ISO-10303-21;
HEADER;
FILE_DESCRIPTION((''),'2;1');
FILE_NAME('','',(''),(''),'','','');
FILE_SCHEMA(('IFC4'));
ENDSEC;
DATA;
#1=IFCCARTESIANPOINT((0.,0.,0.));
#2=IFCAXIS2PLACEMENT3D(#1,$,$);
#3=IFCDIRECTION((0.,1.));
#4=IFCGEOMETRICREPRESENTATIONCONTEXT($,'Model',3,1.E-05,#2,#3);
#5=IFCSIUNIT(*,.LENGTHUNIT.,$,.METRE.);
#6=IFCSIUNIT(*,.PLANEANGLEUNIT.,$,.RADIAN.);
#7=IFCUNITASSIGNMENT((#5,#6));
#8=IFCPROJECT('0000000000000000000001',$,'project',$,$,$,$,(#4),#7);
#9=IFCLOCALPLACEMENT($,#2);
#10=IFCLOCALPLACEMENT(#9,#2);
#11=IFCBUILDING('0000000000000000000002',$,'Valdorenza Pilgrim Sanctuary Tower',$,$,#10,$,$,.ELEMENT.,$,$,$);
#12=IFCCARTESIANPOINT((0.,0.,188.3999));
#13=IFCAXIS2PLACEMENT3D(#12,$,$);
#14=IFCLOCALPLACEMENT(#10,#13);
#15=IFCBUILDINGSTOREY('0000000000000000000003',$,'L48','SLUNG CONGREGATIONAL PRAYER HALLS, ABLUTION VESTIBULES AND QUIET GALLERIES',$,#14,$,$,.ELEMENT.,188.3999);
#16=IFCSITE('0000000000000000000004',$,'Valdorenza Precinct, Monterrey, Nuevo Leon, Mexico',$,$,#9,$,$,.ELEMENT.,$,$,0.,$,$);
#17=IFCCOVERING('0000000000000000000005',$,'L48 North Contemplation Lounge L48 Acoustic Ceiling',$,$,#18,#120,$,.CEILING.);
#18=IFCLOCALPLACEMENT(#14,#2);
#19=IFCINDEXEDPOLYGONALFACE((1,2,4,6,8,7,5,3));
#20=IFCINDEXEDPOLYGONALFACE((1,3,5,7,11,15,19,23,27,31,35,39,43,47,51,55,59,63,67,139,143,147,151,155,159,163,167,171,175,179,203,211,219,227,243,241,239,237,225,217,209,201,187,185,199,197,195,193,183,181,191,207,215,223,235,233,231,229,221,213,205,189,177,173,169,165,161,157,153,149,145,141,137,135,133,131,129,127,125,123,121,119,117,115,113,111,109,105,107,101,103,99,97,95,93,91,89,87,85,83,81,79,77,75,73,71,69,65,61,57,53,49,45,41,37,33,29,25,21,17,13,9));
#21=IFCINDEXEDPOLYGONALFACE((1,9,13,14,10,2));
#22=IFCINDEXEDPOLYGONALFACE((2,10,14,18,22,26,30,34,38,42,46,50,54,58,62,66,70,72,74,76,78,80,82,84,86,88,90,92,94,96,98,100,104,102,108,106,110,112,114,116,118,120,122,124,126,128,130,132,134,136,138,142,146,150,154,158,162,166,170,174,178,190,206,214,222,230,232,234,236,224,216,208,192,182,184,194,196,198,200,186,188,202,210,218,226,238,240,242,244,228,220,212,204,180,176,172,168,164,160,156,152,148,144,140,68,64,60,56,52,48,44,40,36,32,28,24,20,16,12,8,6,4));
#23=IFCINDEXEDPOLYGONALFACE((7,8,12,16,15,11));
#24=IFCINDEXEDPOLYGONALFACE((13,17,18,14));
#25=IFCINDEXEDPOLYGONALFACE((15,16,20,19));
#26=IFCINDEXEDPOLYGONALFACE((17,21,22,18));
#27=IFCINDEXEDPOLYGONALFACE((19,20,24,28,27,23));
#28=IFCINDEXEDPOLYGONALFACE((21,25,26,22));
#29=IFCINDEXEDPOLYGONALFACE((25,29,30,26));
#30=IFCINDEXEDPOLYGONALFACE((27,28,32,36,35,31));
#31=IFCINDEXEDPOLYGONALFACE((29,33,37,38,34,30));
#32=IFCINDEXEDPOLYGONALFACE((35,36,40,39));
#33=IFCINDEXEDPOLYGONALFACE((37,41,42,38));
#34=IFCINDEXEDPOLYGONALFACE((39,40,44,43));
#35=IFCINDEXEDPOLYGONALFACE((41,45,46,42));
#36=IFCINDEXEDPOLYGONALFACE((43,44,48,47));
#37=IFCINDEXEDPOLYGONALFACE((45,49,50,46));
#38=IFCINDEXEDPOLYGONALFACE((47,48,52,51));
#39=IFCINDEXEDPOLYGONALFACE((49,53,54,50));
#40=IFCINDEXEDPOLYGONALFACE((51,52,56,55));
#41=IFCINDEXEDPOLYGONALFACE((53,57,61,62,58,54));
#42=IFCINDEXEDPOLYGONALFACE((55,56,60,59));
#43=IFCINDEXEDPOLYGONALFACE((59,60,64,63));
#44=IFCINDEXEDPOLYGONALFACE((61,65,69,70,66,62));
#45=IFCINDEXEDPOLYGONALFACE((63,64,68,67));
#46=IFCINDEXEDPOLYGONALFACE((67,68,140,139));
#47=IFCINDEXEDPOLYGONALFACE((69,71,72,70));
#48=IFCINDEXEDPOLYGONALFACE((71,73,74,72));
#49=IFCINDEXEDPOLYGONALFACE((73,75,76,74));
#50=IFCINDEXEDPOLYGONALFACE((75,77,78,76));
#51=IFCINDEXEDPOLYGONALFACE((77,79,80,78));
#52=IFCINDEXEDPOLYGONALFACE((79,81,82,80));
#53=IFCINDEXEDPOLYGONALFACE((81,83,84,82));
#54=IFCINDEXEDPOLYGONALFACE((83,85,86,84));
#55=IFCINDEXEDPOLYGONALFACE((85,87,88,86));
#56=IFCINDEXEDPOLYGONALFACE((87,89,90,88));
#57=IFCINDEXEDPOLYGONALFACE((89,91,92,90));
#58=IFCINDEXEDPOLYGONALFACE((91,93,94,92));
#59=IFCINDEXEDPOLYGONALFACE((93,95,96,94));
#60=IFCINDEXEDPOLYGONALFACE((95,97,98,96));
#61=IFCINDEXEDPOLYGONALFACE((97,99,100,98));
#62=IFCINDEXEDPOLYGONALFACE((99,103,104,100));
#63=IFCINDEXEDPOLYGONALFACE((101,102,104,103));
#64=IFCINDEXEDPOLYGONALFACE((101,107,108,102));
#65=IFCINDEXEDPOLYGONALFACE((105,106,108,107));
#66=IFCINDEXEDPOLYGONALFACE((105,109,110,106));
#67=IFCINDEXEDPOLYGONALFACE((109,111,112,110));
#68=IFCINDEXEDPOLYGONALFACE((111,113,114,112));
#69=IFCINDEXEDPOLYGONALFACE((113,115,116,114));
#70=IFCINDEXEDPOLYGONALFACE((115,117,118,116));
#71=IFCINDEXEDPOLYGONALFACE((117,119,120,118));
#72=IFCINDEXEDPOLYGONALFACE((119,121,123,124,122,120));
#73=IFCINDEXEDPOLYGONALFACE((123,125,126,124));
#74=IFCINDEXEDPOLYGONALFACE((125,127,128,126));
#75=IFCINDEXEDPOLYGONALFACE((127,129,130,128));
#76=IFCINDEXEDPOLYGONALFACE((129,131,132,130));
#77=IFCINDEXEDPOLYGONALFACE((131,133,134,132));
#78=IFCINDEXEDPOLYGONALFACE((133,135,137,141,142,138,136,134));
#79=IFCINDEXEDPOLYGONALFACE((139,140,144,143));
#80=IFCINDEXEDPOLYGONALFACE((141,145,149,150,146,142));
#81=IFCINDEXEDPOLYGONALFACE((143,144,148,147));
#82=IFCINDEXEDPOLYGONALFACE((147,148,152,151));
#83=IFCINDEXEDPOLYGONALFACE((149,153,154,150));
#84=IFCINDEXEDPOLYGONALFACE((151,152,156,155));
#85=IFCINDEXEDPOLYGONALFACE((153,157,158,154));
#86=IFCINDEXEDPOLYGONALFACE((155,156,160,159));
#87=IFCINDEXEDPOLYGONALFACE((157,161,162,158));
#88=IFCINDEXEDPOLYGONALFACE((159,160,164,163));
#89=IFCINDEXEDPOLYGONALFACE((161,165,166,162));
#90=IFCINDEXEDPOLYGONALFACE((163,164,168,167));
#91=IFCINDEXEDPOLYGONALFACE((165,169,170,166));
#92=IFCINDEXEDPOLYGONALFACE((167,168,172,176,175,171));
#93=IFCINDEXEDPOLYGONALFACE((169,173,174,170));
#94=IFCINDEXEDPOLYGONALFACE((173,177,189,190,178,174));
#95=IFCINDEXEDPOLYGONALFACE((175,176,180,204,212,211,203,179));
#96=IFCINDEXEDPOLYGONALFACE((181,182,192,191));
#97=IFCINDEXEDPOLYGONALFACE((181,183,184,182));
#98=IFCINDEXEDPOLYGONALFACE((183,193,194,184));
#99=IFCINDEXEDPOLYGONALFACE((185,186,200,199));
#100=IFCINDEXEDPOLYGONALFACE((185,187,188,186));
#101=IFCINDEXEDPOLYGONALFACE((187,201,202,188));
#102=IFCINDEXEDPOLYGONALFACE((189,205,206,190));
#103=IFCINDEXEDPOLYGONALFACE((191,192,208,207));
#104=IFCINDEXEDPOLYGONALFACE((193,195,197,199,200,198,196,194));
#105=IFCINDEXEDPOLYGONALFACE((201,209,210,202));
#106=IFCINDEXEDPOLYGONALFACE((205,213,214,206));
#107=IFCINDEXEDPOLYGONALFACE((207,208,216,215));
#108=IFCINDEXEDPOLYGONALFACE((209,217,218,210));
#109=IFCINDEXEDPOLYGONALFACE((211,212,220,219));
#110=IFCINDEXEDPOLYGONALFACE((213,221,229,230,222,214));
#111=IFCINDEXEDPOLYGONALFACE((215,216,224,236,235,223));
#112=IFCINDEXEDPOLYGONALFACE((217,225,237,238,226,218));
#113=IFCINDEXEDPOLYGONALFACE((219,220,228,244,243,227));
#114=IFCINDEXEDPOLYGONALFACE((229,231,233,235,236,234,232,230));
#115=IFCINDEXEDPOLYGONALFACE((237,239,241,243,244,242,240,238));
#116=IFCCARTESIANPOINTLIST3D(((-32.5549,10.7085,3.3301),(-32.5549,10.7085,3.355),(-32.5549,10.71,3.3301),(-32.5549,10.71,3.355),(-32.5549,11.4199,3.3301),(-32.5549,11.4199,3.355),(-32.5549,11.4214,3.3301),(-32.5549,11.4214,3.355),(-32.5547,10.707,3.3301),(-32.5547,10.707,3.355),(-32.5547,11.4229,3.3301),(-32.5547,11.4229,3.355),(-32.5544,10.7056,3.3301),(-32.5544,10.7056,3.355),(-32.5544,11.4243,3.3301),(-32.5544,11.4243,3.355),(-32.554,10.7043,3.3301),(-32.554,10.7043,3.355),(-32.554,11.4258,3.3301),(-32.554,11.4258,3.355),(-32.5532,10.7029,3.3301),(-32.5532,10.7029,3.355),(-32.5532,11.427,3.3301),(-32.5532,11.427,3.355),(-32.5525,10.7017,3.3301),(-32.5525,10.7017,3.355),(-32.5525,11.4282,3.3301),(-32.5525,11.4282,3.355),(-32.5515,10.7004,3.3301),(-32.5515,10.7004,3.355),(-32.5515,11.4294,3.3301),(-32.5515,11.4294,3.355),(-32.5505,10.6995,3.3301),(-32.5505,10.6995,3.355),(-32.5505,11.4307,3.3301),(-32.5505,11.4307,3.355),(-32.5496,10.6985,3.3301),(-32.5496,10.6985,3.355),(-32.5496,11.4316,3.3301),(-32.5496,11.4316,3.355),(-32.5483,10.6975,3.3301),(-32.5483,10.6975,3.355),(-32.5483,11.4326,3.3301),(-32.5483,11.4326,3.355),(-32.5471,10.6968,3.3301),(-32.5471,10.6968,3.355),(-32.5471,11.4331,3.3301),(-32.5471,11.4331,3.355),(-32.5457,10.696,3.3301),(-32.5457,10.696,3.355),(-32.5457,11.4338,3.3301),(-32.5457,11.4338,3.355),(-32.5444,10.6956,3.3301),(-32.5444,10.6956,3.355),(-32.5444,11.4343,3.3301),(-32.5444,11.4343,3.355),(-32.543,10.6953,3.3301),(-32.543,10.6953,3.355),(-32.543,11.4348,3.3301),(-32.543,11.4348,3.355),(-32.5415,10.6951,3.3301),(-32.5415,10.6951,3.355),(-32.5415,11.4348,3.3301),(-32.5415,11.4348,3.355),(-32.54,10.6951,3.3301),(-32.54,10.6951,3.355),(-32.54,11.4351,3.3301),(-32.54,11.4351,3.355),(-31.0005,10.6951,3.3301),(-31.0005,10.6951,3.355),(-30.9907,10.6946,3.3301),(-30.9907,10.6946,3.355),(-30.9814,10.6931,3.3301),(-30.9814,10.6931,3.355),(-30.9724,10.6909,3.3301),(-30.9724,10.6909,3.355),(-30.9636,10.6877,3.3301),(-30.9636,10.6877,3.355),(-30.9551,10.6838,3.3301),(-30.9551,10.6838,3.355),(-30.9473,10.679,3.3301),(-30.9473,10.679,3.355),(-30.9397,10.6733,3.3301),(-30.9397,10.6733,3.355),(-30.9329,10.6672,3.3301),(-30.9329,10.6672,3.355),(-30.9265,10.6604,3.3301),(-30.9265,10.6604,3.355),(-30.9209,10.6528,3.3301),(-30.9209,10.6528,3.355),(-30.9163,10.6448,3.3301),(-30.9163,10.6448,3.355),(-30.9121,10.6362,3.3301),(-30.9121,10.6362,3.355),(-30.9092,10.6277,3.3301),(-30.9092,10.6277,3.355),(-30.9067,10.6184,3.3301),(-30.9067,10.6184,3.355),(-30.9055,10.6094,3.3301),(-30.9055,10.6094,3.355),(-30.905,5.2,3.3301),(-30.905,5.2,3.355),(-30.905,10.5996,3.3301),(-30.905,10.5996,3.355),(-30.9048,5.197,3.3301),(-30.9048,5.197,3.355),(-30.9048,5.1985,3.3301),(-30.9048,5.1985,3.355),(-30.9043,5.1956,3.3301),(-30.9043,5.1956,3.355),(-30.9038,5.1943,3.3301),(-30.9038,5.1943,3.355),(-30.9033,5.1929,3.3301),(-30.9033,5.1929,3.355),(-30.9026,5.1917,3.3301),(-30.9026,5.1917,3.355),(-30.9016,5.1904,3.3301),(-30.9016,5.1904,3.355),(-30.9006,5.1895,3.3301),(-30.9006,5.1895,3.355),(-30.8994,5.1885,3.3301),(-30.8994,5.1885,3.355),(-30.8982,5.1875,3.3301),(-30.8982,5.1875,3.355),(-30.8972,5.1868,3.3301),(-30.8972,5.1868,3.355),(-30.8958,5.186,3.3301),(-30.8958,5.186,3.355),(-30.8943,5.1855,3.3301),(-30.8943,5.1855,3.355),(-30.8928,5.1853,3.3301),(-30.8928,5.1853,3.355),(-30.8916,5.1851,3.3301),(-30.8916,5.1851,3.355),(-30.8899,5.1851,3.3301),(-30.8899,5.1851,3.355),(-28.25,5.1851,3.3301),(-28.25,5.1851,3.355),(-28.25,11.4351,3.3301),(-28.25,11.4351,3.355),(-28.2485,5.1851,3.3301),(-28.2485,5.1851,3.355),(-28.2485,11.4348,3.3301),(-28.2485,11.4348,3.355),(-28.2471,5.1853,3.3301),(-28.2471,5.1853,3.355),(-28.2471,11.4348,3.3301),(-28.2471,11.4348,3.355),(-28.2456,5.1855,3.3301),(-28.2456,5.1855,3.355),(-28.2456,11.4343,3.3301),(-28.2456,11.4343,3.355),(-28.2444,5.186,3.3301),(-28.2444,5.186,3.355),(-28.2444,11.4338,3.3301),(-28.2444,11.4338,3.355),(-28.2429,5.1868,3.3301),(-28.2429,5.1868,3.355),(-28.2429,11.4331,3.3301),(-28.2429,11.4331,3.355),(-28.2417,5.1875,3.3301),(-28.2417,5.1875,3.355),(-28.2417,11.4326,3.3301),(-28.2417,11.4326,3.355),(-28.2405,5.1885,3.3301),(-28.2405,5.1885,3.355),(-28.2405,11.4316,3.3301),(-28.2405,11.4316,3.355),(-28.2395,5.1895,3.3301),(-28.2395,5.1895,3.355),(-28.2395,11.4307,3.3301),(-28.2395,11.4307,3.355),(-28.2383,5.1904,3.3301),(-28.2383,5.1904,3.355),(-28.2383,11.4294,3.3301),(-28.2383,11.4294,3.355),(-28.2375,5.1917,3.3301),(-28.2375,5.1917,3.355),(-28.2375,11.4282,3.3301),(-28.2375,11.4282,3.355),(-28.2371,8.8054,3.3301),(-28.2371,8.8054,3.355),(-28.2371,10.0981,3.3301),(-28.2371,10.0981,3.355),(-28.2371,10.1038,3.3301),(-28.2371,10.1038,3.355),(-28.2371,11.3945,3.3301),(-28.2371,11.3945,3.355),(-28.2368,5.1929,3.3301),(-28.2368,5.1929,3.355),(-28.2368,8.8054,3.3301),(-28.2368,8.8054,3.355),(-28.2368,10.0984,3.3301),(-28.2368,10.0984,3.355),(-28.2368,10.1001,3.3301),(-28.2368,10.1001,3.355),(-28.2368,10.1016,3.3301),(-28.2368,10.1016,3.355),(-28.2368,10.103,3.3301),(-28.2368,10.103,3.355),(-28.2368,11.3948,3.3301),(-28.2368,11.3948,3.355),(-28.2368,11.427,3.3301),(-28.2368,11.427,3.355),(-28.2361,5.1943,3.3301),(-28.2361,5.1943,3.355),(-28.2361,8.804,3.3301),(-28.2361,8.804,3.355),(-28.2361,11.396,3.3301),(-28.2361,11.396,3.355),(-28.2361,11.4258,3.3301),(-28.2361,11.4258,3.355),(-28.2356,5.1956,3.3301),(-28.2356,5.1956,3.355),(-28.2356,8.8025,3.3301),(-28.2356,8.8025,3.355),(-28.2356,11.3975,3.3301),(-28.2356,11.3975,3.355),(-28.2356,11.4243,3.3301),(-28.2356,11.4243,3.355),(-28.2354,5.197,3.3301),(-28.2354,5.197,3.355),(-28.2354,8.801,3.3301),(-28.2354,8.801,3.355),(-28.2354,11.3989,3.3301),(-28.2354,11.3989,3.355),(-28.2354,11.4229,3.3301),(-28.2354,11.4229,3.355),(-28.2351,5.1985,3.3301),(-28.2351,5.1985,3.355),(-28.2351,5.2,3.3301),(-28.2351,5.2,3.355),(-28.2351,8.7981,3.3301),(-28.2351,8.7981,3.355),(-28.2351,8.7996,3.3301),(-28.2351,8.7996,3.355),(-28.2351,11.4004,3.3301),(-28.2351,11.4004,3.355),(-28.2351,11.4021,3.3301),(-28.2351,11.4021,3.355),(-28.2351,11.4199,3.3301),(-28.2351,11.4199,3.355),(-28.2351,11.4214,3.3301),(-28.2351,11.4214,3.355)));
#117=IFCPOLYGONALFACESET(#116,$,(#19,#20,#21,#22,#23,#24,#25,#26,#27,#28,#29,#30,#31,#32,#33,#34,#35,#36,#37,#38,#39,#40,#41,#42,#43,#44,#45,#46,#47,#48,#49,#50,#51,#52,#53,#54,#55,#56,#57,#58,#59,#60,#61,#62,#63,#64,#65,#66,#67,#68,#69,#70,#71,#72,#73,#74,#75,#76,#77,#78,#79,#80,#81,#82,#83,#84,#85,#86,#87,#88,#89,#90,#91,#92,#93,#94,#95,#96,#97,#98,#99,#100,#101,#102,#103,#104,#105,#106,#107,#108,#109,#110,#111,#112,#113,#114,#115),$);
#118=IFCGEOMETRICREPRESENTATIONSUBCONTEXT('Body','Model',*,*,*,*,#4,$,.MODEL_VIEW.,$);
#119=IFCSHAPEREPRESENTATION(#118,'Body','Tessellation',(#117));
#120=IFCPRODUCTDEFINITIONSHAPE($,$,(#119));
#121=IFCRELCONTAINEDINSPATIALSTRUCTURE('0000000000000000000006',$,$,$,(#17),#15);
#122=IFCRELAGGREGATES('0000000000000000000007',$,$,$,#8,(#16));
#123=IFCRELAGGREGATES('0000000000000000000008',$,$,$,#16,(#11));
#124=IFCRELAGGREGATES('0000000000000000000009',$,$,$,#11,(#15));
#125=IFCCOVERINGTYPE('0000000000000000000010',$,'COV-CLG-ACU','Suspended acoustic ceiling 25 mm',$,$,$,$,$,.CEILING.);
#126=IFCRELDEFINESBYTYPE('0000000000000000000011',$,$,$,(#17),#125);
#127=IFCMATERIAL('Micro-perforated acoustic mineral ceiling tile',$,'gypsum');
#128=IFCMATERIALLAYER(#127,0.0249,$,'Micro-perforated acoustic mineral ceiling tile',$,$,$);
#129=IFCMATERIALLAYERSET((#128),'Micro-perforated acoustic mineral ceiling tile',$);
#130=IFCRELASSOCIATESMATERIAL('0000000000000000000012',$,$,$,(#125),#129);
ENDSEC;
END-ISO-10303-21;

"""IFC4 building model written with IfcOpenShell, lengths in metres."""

from ifc_helpers import new_model, si_unit, direction, frame, origin, place, context, subcontext, project, spatial, polyline, outline, extrude, material, layer, layer_set, type_object, element, save


model = new_model("IFC4")

# Units and contexts
model_context = context("Model", 3, precision=1e-05, world=origin(), true_north=direction((0.0, 1.0)))
body_context = subcontext(model_context, "Body", "Model", "MODEL_VIEW")
ifc_project = project(units=[si_unit("LENGTHUNIT", "METRE"), si_unit("PLANEANGLEUNIT", "RADIAN")], contexts=[model_context])

# Site, building, storey
site_placement = place(None, origin())
site = spatial("IfcSite", under=ifc_project, at=site_placement, Name="Valdorenza Precinct, Monterrey, Nuevo Leon, Mexico", CompositionType="ELEMENT", RefElevation=0.0)
building_placement = place(site_placement, origin())
building = spatial("IfcBuilding", under=site, at=building_placement, Name="Valdorenza Pilgrim Sanctuary Tower", CompositionType="ELEMENT")
storey_placement = place(building_placement, frame((0.0, 0.0, 188.3999)))
storey = spatial("IfcBuildingStorey", under=building, at=storey_placement, Name="L48", Description="SLUNG CONGREGATIONAL PRAYER HALLS, ABLUTION VESTIBULES AND QUIET GALLERIES", CompositionType="ELEMENT", Elevation=188.3999)

# Covering
ifc_material_1 = material(Name="Micro-perforated acoustic mineral ceiling tile", Category="gypsum")
ifc_layer_1 = layer(ifc_material_1, 0.0249, Name="Micro-perforated acoustic mineral ceiling tile")
ifc_layer_set_1 = layer_set([ifc_layer_1], Name="Micro-perforated acoustic mineral ceiling tile")
covering_type_1 = type_object("IfcCoveringType", Name="COV-CLG-ACU", Description="Suspended acoustic ceiling 25 mm", PredefinedType="CEILING", material=ifc_layer_set_1)
covering_1_placement = place(storey_placement, frame((0.0, 0.0, 3.3301)))
element("IfcCovering", 1, at=covering_1_placement, inside=storey, type_object=covering_type_1, Name="L48 North Contemplation Lounge L48 Acoustic Ceiling", PredefinedType="CEILING", context=body_context, shape_type="SweptSolid", body=[
    extrude(outline(polyline([(-28.2371, 8.8054), (-28.2368, 8.8054), (-28.2361, 8.804), (-28.2356, 8.8025), (-28.2354, 8.801), (-28.2351, 8.7996), (-28.2351, 8.7981), (-28.2351, 5.2), (-28.2351, 5.1985), (-28.2354, 5.197), (-28.2356, 5.1956), (-28.2361, 5.1943), (-28.2368, 5.1929), (-28.2375, 5.1917), (-28.2383, 5.1904), (-28.2395, 5.1895), (-28.2405, 5.1885), (-28.2417, 5.1875), (-28.2429, 5.1868), (-28.2444, 5.186), (-28.2456, 5.1855), (-28.2471, 5.1853), (-28.2485, 5.1851), (-28.25, 5.1851), (-30.8899, 5.1851), (-30.8916, 5.1851), (-30.8928, 5.1853), (-30.8943, 5.1855), (-30.8958, 5.186), (-30.8972, 5.1868), (-30.8982, 5.1875), (-30.8994, 5.1885), (-30.9006, 5.1895), (-30.9016, 5.1904), (-30.9026, 5.1917), (-30.9033, 5.1929), (-30.9038, 5.1943), (-30.9043, 5.1956), (-30.9048, 5.197), (-30.9048, 5.1985), (-30.905, 5.2), (-30.905, 10.5996), (-30.9055, 10.6094), (-30.9067, 10.6184), (-30.9092, 10.6277), (-30.9121, 10.6362), (-30.9163, 10.6448), (-30.9209, 10.6528), (-30.9265, 10.6604), (-30.9329, 10.6672), (-30.9397, 10.6733), (-30.9473, 10.679), (-30.9551, 10.6838), (-30.9636, 10.6877), (-30.9724, 10.6909), (-30.9814, 10.6931), (-30.9907, 10.6946), (-31.0005, 10.6951), (-32.54, 10.6951), (-32.5415, 10.6951), (-32.543, 10.6953), (-32.5444, 10.6956), (-32.5457, 10.696), (-32.5471, 10.6968), (-32.5483, 10.6975), (-32.5496, 10.6985), (-32.5505, 10.6995), (-32.5515, 10.7004), (-32.5525, 10.7017), (-32.5532, 10.7029), (-32.554, 10.7043), (-32.5544, 10.7056), (-32.5547, 10.707), (-32.5549, 10.7085), (-32.5549, 10.71), (-32.5549, 11.4199), (-32.5549, 11.4214), (-32.5547, 11.4229), (-32.5544, 11.4243), (-32.554, 11.4258), (-32.5532, 11.427), (-32.5525, 11.4282), (-32.5515, 11.4294), (-32.5505, 11.4307), (-32.5496, 11.4316), (-32.5483, 11.4326), (-32.5471, 11.4331), (-32.5457, 11.4338), (-32.5444, 11.4343), (-32.543, 11.4348), (-32.5415, 11.4348), (-32.54, 11.4351), (-28.25, 11.4351), (-28.2485, 11.4348), (-28.2471, 11.4348), (-28.2456, 11.4343), (-28.2444, 11.4338), (-28.2429, 11.4331), (-28.2417, 11.4326), (-28.2405, 11.4316), (-28.2395, 11.4307), (-28.2383, 11.4294), (-28.2375, 11.4282), (-28.2368, 11.427), (-28.2361, 11.4258), (-28.2356, 11.4243), (-28.2354, 11.4229), (-28.2351, 11.4214), (-28.2351, 11.4199), (-28.2351, 11.4021), (-28.2351, 11.4004), (-28.2354, 11.3989), (-28.2356, 11.3975), (-28.2361, 11.396), (-28.2368, 11.3948), (-28.2371, 11.3945), (-28.2371, 10.1038), (-28.2368, 10.103), (-28.2368, 10.1016), (-28.2368, 10.1001), (-28.2368, 10.0984), (-28.2371, 10.0981), (-28.2371, 8.8054)])), origin(), (0.0, 0.0, 1.0), 0.0249),
])

save(model, "model.ifc")
